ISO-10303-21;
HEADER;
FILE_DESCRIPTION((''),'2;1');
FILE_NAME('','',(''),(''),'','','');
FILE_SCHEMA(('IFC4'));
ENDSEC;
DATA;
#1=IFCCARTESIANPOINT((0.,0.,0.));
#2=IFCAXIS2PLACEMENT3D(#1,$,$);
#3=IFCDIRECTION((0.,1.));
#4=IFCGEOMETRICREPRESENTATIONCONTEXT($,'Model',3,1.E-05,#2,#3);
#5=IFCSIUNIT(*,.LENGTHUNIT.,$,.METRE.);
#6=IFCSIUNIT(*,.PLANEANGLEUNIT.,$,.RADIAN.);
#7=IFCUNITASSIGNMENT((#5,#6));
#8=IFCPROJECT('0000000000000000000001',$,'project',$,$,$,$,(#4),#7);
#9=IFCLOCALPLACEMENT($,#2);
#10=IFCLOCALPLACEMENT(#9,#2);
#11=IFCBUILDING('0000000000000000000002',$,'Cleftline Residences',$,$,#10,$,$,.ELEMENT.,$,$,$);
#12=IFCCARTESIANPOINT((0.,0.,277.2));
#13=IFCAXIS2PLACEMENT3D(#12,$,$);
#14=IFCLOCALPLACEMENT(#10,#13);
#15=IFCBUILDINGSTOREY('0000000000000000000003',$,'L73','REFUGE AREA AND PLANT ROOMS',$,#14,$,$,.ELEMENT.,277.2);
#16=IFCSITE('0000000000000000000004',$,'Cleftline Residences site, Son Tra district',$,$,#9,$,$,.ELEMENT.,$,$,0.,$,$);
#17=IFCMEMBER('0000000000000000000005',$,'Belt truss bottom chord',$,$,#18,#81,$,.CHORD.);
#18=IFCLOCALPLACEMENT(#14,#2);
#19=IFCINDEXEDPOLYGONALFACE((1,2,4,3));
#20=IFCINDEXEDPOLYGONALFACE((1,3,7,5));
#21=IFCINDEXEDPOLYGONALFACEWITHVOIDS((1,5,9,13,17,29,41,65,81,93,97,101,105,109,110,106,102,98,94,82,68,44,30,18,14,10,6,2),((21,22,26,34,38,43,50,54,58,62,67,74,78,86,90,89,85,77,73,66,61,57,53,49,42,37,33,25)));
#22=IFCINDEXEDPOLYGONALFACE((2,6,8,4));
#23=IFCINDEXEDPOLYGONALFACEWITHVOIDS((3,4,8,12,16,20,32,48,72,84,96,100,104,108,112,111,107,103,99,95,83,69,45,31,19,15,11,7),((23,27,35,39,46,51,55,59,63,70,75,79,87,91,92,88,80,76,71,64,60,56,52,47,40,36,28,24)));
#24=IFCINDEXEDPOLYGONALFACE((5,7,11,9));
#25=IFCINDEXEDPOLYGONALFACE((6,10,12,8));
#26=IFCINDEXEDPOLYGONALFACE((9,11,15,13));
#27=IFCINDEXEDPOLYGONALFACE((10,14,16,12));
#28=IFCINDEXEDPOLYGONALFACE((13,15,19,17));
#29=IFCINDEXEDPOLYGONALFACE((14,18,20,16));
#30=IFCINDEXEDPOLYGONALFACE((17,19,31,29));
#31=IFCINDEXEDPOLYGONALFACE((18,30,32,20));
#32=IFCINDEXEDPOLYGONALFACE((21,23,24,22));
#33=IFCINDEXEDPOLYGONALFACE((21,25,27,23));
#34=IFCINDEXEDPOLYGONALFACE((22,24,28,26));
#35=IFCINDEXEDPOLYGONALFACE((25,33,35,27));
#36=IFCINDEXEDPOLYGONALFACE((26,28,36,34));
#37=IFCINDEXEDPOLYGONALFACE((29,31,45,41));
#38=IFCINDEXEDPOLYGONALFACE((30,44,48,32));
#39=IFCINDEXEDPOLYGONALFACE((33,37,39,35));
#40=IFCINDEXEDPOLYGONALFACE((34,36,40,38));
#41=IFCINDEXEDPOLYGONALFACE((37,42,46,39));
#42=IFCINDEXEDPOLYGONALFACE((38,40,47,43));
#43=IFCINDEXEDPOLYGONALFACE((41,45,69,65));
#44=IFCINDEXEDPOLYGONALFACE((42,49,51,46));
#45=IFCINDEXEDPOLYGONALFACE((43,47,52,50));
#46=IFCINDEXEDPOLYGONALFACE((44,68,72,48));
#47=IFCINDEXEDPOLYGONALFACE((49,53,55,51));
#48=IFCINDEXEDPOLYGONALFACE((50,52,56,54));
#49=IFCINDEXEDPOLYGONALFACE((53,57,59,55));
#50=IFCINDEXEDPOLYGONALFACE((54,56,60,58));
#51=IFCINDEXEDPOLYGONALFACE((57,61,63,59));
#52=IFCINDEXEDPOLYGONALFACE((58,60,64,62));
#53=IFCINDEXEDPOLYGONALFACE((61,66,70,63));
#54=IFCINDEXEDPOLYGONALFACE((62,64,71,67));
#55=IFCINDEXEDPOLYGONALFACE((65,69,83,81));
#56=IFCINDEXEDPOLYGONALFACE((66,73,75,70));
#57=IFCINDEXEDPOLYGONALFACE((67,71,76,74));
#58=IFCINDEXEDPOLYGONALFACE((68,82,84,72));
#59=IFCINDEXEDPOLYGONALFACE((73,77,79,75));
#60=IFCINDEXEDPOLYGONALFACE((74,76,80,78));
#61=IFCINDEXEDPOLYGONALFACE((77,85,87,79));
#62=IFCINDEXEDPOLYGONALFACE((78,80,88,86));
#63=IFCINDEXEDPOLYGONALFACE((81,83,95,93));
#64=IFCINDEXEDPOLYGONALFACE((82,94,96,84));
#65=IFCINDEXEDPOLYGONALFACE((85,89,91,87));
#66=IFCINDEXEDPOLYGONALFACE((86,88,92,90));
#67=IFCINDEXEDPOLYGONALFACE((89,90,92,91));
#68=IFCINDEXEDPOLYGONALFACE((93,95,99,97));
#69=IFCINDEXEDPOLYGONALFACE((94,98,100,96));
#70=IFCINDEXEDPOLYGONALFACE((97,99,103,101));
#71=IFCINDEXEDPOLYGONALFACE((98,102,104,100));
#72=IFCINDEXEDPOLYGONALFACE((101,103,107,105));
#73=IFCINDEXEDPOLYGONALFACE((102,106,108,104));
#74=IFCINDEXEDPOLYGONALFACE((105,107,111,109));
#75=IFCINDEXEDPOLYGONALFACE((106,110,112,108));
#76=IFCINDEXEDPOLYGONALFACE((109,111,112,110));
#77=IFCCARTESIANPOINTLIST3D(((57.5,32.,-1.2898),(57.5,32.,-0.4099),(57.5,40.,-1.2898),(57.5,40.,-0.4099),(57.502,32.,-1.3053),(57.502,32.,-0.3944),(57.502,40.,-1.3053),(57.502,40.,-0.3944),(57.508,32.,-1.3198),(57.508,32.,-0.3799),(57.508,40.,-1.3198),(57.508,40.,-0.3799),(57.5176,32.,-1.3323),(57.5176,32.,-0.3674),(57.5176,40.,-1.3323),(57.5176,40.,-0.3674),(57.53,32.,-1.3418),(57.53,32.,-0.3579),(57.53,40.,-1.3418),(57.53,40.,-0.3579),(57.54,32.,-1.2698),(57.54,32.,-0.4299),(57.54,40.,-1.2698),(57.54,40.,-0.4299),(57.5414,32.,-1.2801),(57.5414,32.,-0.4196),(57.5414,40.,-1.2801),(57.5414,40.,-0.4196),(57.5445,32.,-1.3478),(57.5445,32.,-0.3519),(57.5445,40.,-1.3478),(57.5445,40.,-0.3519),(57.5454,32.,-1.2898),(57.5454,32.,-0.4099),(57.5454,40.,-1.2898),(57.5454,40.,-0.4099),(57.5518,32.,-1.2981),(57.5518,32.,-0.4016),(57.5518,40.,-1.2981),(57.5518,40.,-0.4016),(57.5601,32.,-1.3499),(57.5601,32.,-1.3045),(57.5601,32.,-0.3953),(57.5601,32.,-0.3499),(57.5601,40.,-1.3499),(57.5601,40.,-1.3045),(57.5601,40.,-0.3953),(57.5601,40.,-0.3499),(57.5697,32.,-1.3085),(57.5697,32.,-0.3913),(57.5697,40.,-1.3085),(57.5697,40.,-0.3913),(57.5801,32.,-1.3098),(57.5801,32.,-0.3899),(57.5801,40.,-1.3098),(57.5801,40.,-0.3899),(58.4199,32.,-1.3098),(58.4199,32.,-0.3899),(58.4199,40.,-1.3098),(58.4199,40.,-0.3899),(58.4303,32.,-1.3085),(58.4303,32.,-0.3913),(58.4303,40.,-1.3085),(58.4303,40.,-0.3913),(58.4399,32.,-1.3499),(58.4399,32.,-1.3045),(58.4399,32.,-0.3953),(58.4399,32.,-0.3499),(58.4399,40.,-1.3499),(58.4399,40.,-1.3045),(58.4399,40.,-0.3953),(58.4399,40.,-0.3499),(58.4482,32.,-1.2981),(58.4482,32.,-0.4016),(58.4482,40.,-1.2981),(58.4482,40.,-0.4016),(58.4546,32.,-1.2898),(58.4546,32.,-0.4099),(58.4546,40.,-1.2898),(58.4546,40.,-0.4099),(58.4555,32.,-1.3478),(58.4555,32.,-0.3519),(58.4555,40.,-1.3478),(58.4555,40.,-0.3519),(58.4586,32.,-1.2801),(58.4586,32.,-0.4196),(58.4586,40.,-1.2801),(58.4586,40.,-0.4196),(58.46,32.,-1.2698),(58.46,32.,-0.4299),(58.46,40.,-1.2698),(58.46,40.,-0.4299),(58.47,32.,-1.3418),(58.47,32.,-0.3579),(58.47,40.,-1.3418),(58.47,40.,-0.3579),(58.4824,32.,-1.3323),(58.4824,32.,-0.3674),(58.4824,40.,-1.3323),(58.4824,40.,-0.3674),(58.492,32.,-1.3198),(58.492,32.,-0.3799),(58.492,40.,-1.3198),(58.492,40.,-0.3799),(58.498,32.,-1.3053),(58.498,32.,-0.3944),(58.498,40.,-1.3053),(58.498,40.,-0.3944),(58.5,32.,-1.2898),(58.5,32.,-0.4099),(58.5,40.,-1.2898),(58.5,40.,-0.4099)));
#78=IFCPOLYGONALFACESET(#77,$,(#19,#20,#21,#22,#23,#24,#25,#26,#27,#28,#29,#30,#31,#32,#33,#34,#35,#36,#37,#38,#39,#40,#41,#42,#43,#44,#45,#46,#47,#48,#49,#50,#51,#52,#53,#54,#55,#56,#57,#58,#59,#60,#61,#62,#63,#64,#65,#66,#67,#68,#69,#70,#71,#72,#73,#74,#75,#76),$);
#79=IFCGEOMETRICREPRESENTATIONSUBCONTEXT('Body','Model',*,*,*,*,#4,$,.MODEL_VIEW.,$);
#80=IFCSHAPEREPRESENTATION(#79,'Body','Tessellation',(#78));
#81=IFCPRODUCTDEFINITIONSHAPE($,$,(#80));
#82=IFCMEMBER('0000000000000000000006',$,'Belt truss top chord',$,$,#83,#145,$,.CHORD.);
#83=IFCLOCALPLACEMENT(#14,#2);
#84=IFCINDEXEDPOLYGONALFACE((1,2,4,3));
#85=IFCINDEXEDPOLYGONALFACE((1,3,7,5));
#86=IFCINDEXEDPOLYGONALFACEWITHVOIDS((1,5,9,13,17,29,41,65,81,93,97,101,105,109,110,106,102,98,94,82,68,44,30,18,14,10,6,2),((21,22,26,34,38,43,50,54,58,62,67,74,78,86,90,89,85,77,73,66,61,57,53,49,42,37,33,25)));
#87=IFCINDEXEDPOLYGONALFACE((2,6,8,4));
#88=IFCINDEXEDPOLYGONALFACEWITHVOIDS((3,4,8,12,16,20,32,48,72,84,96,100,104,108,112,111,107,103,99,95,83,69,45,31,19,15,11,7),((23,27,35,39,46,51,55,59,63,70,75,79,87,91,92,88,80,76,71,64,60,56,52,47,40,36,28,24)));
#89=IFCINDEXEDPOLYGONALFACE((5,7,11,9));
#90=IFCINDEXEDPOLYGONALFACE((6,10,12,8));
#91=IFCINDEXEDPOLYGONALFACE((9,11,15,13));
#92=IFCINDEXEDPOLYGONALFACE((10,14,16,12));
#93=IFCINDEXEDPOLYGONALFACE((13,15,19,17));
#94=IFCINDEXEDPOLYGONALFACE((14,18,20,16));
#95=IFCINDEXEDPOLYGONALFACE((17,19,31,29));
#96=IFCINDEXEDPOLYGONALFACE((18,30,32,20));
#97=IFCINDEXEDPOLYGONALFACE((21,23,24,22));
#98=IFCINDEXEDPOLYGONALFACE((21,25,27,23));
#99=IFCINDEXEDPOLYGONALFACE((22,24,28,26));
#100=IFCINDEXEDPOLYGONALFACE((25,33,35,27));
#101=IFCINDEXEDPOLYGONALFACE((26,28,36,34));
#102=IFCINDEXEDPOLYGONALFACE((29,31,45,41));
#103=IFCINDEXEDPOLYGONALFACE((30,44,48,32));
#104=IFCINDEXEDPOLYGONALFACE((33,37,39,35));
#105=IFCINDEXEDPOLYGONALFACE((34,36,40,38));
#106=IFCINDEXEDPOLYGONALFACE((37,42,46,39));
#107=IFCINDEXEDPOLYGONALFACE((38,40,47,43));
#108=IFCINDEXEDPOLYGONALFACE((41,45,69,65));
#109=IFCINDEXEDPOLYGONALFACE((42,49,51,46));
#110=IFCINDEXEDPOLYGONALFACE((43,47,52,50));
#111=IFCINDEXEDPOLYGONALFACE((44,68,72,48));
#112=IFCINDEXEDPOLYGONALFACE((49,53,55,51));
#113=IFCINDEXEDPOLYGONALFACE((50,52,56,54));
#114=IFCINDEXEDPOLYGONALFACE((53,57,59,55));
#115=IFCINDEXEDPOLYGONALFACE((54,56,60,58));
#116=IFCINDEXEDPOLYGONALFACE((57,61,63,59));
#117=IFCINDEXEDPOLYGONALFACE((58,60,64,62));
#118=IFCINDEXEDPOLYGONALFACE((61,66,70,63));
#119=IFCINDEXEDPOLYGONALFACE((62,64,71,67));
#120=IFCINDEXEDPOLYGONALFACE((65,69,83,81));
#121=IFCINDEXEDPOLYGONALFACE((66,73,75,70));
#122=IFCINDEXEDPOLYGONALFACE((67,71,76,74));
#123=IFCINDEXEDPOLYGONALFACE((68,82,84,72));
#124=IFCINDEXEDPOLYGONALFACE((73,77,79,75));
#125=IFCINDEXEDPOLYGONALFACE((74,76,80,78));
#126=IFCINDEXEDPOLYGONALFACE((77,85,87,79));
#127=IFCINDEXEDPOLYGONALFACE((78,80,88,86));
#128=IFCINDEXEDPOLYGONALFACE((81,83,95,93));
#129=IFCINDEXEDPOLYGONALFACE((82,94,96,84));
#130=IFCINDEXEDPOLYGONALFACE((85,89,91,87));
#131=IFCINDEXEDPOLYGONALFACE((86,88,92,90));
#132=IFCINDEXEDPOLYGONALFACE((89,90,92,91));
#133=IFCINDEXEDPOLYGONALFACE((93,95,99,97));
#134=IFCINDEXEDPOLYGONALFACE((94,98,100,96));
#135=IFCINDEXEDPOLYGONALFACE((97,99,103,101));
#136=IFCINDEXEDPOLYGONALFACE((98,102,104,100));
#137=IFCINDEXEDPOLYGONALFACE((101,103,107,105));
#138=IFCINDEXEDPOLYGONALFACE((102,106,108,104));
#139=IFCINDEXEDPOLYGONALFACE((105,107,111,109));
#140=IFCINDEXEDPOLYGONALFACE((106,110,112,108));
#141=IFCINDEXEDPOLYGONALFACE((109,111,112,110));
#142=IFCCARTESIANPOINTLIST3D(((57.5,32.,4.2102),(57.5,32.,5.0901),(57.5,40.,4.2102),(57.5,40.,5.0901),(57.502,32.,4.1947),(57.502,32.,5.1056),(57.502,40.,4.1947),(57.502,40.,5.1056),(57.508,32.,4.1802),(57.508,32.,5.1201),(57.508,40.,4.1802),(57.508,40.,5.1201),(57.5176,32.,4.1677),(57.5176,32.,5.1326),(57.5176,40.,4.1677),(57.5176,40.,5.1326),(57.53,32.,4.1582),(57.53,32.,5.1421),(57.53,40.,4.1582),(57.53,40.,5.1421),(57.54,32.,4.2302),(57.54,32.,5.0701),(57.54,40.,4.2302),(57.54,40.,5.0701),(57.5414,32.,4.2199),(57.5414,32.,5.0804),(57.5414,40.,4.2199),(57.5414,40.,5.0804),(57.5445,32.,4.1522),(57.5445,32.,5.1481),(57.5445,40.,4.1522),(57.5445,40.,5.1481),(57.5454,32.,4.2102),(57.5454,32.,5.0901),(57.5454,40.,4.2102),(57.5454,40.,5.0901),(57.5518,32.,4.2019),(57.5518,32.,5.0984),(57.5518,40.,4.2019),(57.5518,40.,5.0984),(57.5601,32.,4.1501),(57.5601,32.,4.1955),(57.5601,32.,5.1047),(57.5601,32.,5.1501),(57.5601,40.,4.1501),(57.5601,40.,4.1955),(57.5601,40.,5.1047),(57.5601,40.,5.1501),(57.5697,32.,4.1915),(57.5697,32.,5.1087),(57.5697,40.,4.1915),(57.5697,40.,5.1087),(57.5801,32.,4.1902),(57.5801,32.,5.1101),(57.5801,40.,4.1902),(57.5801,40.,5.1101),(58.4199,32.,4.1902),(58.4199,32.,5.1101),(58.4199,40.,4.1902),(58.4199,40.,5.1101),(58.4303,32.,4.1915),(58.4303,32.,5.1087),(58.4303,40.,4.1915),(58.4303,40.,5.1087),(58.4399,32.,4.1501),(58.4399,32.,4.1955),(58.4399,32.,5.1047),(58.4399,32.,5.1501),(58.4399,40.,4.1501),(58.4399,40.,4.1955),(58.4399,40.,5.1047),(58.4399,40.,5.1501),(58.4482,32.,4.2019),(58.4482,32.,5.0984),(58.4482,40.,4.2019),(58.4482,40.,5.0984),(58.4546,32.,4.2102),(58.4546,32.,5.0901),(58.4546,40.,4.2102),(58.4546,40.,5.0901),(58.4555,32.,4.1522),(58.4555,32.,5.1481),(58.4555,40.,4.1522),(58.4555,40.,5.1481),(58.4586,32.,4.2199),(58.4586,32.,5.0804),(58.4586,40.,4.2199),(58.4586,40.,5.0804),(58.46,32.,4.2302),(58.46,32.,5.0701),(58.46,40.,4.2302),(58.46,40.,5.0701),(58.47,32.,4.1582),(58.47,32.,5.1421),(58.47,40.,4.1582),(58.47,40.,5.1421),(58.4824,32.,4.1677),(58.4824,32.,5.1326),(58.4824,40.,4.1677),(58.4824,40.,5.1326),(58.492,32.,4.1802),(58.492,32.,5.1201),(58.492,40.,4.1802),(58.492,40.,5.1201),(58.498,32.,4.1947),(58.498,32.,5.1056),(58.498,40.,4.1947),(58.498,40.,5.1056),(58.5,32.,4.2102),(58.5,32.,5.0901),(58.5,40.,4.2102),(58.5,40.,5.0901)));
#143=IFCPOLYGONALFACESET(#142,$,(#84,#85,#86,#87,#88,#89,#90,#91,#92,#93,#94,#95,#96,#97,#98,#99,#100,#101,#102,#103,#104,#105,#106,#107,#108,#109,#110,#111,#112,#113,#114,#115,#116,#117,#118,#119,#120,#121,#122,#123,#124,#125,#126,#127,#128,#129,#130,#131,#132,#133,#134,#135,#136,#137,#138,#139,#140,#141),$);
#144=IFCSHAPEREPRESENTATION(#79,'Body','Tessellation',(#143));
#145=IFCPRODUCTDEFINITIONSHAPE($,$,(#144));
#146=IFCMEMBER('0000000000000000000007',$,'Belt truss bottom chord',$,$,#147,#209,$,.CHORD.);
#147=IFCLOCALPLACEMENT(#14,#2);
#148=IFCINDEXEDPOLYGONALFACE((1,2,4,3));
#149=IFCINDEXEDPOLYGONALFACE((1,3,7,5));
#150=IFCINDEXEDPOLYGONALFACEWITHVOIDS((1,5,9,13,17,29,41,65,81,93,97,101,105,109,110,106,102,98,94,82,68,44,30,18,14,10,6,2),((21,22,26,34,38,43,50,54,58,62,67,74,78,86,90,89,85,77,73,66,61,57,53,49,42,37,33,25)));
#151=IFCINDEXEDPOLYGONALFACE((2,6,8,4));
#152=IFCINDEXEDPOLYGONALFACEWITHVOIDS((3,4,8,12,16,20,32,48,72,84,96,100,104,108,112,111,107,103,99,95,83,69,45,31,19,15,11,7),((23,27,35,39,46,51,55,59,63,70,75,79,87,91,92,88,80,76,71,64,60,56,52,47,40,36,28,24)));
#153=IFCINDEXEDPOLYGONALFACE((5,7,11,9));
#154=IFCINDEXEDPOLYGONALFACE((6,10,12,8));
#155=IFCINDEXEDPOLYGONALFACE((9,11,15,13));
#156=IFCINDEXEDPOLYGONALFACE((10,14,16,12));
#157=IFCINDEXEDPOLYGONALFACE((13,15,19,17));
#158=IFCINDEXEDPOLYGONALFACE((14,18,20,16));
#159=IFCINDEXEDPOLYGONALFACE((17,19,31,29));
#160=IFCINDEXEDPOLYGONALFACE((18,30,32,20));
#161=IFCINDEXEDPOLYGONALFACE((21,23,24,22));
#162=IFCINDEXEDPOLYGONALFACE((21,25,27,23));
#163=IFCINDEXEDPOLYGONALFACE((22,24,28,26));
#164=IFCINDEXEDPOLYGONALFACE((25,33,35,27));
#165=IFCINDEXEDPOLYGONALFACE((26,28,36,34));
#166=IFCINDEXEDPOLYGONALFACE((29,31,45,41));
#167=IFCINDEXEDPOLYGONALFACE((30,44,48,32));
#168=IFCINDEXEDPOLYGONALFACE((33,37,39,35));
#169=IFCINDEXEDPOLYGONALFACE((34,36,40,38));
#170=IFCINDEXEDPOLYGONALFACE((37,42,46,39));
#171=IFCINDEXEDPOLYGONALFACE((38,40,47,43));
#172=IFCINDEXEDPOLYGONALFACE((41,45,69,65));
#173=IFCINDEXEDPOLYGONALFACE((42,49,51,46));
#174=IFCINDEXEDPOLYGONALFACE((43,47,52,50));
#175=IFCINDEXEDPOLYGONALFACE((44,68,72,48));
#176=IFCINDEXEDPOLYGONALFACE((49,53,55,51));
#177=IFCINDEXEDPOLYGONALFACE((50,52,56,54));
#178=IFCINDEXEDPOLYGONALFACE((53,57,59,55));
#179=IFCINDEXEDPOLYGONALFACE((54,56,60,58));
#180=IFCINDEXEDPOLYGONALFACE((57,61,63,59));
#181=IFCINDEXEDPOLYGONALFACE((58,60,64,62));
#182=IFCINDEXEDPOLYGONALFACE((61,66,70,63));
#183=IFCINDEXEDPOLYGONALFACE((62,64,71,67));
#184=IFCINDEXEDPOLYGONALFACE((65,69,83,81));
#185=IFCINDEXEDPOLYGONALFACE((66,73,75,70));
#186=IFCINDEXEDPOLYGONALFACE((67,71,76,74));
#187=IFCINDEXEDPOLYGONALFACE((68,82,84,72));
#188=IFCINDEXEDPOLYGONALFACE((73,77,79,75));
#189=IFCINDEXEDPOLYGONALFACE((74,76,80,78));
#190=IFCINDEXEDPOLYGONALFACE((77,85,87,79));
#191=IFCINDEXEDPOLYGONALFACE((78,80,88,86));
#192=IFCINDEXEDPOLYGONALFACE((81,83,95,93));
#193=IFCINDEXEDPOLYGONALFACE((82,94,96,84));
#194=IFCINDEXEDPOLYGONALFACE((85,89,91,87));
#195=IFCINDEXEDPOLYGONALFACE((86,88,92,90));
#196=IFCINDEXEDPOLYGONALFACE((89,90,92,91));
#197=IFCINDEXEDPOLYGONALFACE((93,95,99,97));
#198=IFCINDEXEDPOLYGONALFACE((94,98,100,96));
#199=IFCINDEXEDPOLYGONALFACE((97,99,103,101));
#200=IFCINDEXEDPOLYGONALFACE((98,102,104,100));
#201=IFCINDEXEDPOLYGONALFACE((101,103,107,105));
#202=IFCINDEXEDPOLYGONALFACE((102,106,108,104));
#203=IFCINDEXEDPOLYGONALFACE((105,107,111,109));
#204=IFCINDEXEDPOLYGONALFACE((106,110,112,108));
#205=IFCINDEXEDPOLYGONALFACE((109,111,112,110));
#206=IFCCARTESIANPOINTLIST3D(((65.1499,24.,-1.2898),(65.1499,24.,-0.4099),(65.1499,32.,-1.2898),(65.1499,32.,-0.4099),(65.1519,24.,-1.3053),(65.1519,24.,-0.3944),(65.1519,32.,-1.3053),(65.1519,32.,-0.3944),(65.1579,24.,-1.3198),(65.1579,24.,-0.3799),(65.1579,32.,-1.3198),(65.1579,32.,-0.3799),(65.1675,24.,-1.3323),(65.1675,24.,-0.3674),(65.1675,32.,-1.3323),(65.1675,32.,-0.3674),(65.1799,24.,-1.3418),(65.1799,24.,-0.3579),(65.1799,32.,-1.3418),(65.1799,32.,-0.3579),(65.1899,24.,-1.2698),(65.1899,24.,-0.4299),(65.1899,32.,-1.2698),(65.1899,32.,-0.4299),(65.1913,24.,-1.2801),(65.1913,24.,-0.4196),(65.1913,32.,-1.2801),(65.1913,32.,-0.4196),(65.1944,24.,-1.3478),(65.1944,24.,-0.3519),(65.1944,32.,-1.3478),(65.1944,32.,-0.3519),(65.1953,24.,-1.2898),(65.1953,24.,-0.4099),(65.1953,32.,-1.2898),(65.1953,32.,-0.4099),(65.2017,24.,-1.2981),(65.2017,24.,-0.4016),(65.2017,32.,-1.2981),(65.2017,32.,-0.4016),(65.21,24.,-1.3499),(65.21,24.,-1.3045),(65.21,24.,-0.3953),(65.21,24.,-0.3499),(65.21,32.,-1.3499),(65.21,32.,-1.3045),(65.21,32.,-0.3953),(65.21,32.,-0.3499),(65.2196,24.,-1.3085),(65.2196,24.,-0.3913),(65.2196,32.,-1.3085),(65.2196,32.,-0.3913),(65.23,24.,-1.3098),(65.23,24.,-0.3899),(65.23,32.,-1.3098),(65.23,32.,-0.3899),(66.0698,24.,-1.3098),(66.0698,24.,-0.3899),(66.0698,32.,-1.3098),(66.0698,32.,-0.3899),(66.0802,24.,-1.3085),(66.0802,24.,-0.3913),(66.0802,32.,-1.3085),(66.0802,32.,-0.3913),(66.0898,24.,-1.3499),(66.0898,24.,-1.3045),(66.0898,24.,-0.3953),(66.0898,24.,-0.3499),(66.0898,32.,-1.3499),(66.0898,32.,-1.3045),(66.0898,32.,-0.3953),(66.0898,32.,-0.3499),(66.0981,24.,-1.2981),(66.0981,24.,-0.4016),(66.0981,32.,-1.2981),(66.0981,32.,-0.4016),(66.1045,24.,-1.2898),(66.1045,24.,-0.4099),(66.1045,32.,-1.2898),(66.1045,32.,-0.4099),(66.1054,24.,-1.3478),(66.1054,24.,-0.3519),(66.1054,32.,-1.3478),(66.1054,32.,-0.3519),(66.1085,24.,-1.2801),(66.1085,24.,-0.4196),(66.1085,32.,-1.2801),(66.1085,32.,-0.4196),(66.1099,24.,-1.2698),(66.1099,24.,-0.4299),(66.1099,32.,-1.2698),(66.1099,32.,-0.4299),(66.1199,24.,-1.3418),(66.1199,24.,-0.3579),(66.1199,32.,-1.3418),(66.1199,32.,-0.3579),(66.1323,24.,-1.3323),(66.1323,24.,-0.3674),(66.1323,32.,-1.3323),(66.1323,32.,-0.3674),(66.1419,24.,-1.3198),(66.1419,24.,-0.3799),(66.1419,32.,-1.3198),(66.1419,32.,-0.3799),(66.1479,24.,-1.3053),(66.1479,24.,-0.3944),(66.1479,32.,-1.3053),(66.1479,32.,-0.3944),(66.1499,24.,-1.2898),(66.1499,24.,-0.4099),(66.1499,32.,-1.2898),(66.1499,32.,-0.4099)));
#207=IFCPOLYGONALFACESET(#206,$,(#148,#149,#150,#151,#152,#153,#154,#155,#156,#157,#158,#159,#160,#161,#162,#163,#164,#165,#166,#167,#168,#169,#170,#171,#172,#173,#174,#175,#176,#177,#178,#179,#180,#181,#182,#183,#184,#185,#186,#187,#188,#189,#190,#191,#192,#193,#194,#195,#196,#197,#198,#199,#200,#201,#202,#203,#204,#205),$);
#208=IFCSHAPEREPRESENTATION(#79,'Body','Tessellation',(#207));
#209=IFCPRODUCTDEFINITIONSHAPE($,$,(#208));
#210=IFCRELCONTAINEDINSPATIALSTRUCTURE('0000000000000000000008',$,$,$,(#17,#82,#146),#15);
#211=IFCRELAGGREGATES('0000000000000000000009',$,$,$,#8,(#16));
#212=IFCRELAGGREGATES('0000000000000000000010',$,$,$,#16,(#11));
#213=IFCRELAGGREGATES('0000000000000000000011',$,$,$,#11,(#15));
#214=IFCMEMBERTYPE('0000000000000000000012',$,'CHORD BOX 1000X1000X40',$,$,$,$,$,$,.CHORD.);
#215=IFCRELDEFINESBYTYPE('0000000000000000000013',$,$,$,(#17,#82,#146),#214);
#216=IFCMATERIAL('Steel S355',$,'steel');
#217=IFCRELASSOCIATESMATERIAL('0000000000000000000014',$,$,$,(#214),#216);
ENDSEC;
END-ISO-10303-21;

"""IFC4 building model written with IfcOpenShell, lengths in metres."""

from ifc_helpers import new_model, si_unit, direction, frame, origin, origin_2d, place, context, subcontext, project, spatial, hollow_rectangle, extrude, material, material_profile, profile_set, type_object, element, save


model = new_model("IFC4")

# Units and contexts
model_context = context("Model", 3, precision=1e-05, world=origin(), true_north=direction((0.0, 1.0)))
body_context = subcontext(model_context, "Body", "Model", "MODEL_VIEW")
ifc_project = project(units=[si_unit("LENGTHUNIT", "METRE"), si_unit("PLANEANGLEUNIT", "RADIAN")], contexts=[model_context])

# Site, building, storey
site_placement = place(None, origin())
site = spatial("IfcSite", under=ifc_project, at=site_placement, Name="Cleftline Residences site, Son Tra district", CompositionType="ELEMENT", RefElevation=0.0)
building_placement = place(site_placement, origin())
building = spatial("IfcBuilding", under=site, at=building_placement, Name="Cleftline Residences", CompositionType="ELEMENT")
storey_placement = place(building_placement, frame((0.0, 0.0, 277.2)))
storey = spatial("IfcBuildingStorey", under=building, at=storey_placement, Name="L73", Description="REFUGE AREA AND PLANT ROOMS", CompositionType="ELEMENT", Elevation=277.2)

# Members
ifc_material_1 = material(Name="Steel S355", Category="steel")
ifc_material_profile_1 = material_profile(ifc_material_1, hollow_rectangle(XDim=1.0, YDim=1.0, WallThickness=0.04, InnerFilletRadius=0.04, OuterFilletRadius=0.0601, at=origin_2d()))
ifc_profile_set_1 = profile_set([ifc_material_profile_1], Name="Steel S355")
member_type_1 = type_object("IfcMemberType", Name="CHORD BOX 1000X1000X40", PredefinedType="CHORD", material=ifc_profile_set_1)
for number, where, z_axis, x_axis, name in (
    (1, (58.0, 32.0, -0.8499), (0.0, 1.0, 0.0), (-1.0, 0.0, 0.0), "Belt truss bottom chord"),
    (2, (58.0, 32.0, 4.6501), (0.0, 1.0, 0.0), (-1.0, 0.0, 0.0), "Belt truss top chord"),
    (3, (65.6499, 24.0, -0.8499), (0.0, 1.0, 0.0), (-1.0, 0.0, 0.0), "Belt truss bottom chord"),
):
    element("IfcMember", number, at=place(storey_placement, frame(where, z_axis=z_axis, x_axis=x_axis)), inside=storey, type_object=member_type_1, Name=name, PredefinedType="CHORD", context=body_context, shape_type="SweptSolid", body=[
        extrude(hollow_rectangle(XDim=1.0, YDim=1.0, WallThickness=0.04, InnerFilletRadius=0.04, OuterFilletRadius=0.0601, at=origin_2d()), origin(), (0.0, 0.0, 1.0), 8.0),
    ])

save(model, "model.ifc")
